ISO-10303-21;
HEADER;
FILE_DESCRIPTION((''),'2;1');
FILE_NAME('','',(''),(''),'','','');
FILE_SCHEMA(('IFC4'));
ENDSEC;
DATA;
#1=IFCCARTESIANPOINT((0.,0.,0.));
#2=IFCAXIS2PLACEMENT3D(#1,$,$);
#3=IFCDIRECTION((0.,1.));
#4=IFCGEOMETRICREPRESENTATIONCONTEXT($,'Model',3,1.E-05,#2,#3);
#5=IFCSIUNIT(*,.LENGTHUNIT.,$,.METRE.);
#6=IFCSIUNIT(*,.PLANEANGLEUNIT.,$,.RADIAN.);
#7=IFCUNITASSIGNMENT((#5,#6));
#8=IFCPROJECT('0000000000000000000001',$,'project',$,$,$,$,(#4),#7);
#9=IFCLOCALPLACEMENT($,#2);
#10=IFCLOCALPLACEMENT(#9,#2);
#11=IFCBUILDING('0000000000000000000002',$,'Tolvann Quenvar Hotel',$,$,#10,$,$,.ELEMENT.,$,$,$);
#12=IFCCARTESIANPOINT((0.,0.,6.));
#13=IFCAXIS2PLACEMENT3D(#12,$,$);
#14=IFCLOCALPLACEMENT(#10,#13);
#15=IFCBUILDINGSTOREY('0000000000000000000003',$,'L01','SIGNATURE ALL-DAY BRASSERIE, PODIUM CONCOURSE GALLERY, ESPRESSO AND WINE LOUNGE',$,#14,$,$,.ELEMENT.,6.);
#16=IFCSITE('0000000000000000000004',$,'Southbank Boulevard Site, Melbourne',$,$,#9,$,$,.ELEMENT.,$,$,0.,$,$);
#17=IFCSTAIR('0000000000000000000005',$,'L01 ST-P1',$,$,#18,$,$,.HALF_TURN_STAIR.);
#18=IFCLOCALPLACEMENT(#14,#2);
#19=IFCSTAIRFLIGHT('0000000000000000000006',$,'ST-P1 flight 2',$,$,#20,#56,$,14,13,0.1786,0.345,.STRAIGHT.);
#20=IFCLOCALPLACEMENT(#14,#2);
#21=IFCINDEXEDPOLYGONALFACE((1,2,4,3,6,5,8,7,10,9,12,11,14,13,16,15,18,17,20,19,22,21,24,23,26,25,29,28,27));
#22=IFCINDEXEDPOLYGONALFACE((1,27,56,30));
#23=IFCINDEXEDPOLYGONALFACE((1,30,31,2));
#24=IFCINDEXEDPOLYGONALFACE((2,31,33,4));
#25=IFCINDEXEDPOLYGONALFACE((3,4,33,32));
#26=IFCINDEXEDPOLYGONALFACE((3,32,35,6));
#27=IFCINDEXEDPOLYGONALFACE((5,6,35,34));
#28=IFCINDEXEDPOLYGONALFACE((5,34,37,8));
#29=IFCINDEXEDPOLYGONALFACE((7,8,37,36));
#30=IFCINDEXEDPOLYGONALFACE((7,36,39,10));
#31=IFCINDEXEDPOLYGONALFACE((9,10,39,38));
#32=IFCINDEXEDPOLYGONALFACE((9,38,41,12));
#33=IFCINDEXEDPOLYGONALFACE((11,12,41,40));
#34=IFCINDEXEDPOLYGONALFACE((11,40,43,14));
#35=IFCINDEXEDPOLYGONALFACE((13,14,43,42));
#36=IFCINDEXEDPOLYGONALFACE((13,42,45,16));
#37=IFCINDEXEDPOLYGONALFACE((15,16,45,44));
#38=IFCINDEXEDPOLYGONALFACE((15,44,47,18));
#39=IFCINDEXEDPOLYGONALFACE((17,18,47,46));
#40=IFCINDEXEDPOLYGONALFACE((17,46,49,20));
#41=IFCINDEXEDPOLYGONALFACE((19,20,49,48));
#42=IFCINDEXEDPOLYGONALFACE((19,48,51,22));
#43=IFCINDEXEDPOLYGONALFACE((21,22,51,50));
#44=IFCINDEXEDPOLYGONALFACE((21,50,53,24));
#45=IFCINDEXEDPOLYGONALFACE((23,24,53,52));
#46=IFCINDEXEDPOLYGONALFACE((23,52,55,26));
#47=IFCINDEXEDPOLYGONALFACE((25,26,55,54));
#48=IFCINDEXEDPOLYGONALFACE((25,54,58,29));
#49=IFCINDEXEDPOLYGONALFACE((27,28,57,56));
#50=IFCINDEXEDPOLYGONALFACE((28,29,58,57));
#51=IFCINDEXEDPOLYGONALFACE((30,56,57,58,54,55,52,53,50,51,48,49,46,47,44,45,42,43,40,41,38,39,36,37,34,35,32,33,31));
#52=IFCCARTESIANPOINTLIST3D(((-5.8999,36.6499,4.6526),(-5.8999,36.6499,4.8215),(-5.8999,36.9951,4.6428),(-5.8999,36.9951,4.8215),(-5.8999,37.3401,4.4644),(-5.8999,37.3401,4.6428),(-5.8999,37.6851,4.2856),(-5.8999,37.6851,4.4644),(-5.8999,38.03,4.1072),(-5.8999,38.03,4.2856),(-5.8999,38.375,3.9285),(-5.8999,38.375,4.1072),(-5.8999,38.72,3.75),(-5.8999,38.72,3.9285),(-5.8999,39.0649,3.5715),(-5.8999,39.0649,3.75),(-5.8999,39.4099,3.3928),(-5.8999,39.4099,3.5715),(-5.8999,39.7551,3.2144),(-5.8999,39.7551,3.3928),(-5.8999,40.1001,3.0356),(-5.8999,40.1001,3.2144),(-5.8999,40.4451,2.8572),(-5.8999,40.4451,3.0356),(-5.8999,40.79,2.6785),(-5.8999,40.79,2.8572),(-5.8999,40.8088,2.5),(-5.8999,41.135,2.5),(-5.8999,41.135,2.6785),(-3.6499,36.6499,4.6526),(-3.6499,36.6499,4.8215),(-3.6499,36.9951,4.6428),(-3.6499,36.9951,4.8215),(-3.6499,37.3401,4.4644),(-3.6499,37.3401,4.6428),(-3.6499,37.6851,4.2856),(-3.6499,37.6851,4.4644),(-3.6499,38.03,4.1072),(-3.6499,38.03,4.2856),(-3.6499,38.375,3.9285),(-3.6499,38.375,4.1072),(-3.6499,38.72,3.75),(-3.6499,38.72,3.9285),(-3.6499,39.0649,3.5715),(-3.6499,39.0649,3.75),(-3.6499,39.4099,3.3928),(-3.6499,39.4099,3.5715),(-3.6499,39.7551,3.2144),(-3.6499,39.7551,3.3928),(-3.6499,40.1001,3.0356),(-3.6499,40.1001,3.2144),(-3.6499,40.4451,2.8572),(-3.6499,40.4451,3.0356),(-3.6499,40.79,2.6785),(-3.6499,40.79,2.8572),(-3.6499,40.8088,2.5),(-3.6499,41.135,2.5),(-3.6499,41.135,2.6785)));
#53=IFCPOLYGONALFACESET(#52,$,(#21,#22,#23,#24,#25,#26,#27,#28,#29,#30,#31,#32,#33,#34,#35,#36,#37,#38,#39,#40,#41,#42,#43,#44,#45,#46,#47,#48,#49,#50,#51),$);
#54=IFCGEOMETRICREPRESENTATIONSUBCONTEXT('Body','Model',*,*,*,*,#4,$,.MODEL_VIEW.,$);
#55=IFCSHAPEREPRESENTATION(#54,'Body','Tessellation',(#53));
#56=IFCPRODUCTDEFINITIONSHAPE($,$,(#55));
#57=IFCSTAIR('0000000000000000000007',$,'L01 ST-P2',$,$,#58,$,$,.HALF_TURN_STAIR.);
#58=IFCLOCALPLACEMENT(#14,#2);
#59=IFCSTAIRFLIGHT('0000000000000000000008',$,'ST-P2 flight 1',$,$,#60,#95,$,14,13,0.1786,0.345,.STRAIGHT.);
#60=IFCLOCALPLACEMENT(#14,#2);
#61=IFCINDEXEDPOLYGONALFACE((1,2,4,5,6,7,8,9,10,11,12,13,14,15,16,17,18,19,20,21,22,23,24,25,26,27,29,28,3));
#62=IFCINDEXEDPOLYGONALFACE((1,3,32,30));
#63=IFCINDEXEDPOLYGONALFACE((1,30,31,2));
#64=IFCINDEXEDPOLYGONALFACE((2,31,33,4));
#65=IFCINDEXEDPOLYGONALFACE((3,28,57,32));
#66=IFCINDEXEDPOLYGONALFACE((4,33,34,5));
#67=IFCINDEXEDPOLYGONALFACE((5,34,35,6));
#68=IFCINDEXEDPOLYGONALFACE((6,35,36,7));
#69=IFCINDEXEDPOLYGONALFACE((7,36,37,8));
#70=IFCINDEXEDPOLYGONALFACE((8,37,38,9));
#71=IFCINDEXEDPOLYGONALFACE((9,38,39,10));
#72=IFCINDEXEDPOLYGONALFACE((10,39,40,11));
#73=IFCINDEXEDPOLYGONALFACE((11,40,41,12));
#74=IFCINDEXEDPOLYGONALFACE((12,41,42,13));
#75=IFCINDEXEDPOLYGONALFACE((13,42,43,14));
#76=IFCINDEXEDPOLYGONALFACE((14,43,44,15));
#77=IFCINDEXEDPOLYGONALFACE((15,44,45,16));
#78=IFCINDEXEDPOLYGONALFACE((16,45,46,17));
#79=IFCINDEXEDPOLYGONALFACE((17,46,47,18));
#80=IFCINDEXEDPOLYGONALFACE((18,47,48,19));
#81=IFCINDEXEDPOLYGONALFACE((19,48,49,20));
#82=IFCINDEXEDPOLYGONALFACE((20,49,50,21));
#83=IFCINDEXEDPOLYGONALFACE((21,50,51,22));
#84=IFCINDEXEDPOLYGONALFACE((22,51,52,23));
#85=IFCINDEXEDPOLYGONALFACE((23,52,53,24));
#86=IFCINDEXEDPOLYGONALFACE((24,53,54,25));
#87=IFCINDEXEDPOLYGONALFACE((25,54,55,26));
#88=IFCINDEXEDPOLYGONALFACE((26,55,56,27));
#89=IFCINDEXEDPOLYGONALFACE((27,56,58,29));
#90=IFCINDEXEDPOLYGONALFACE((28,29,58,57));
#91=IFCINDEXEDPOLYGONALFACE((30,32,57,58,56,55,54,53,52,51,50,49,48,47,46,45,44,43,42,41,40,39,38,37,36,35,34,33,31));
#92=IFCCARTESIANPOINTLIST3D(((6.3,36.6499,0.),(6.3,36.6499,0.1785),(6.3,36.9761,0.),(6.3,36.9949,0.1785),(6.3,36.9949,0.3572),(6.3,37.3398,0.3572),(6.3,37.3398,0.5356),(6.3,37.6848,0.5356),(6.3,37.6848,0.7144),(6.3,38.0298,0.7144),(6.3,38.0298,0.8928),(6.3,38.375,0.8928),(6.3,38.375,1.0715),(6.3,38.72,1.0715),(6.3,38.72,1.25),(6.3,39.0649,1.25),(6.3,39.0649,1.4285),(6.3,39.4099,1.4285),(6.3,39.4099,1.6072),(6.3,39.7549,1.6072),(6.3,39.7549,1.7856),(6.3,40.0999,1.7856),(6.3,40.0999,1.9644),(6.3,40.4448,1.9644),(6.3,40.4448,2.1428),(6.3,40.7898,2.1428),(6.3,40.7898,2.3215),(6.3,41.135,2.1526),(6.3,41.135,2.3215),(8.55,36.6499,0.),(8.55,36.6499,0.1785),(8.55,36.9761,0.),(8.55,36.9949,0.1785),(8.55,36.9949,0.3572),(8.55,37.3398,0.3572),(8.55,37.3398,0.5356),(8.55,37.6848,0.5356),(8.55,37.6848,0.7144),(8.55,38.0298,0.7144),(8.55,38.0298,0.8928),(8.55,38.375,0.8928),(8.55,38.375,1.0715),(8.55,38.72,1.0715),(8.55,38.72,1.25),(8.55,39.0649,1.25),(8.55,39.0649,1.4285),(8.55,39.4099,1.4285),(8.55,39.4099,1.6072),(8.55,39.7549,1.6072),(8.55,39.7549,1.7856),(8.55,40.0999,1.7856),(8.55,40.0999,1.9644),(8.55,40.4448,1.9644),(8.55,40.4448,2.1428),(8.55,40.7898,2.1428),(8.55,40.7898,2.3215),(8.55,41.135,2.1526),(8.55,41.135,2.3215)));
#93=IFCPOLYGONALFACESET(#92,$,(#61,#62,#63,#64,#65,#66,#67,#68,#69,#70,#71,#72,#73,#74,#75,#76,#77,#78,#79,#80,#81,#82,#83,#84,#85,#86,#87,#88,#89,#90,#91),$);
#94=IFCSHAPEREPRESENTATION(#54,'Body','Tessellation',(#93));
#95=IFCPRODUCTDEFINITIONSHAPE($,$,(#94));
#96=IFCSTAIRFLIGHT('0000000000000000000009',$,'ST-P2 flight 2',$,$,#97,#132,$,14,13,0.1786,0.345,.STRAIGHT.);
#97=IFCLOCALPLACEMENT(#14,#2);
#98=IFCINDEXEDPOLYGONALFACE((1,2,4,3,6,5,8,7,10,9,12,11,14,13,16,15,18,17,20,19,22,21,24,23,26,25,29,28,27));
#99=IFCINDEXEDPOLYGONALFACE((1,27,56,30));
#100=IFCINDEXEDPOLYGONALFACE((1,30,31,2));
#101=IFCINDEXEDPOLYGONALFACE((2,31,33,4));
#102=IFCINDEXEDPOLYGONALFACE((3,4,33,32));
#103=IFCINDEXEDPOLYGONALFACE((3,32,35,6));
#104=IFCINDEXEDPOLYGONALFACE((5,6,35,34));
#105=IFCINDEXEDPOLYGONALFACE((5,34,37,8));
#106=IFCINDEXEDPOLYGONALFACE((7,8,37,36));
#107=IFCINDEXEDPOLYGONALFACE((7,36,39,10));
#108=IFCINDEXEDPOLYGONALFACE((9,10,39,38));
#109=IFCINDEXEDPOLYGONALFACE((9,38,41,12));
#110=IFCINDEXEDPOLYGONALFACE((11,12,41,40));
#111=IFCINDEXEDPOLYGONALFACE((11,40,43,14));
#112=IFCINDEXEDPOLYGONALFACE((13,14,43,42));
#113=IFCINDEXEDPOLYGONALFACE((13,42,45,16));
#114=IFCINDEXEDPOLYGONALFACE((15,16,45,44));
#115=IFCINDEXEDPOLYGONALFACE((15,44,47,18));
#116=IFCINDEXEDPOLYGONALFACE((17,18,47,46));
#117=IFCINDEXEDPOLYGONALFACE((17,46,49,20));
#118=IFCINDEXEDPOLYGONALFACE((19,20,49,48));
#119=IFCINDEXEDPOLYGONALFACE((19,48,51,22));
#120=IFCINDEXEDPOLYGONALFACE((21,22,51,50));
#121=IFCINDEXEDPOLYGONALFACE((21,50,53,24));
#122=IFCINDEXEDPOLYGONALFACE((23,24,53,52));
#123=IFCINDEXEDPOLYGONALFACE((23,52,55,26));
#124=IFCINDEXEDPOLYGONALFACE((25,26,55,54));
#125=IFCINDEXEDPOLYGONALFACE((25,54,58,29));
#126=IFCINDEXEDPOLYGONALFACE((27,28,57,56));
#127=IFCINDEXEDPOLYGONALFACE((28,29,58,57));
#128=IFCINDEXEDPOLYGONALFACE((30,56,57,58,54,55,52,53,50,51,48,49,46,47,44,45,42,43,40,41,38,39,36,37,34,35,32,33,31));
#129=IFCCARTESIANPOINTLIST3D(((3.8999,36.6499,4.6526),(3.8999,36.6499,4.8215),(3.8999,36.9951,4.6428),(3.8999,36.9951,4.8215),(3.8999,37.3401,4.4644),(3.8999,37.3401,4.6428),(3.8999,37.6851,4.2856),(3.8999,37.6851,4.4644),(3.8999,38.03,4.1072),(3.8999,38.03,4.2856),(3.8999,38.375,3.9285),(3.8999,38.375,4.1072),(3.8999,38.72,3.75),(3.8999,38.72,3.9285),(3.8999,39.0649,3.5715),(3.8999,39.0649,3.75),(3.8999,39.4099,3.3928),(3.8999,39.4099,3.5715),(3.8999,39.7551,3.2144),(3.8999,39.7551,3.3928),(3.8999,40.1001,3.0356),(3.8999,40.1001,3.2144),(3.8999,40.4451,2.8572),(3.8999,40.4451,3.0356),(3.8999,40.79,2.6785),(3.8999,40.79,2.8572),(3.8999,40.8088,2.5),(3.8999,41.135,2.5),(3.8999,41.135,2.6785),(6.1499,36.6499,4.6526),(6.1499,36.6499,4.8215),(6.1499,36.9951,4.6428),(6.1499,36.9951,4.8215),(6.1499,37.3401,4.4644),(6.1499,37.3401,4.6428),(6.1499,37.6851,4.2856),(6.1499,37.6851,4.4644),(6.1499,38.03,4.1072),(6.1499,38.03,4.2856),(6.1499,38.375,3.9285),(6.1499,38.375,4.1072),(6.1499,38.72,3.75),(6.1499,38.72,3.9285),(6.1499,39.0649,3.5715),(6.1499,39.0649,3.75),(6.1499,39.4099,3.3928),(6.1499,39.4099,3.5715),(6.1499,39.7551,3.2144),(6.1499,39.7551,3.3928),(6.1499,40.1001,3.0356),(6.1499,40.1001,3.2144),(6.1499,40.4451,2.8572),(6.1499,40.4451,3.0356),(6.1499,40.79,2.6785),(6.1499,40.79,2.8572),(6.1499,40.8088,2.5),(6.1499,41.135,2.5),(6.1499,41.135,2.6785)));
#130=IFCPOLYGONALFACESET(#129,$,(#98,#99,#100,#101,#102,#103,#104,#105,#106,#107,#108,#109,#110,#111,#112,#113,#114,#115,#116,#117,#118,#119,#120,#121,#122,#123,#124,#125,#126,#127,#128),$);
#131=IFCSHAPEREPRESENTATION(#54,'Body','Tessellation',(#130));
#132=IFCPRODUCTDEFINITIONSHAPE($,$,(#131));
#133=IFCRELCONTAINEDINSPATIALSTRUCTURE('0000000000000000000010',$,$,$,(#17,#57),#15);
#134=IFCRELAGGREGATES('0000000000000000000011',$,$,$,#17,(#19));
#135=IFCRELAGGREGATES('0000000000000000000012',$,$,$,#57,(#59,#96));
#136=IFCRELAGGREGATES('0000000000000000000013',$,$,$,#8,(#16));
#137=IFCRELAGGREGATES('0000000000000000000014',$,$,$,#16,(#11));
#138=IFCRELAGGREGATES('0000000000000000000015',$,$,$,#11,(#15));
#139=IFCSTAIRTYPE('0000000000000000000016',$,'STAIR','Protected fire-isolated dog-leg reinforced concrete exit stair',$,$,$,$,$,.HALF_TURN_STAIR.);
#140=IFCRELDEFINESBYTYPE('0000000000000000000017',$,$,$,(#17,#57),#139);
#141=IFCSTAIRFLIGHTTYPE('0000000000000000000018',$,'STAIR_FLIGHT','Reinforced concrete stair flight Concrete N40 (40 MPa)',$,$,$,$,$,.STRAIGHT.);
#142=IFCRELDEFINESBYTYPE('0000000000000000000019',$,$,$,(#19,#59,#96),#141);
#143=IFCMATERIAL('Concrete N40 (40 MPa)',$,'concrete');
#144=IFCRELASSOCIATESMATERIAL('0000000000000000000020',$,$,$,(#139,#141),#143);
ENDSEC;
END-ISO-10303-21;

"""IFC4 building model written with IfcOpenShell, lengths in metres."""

from ifc_helpers import new_model, si_unit, direction, frame, origin, place, context, subcontext, project, spatial, polyline, outline, extrude, material, type_object, element, aggregate, save


model = new_model("IFC4")

# Units and contexts
model_context = context("Model", 3, precision=1e-05, world=origin(), true_north=direction((0.0, 1.0)))
body_context = subcontext(model_context, "Body", "Model", "MODEL_VIEW")
ifc_project = project(units=[si_unit("LENGTHUNIT", "METRE"), si_unit("PLANEANGLEUNIT", "RADIAN")], contexts=[model_context])

# Site, building, storey
site_placement = place(None, origin())
site = spatial("IfcSite", under=ifc_project, at=site_placement, Name="Southbank Boulevard Site, Melbourne", CompositionType="ELEMENT", RefElevation=0.0)
building_placement = place(site_placement, origin())
building = spatial("IfcBuilding", under=site, at=building_placement, Name="Tolvann Quenvar Hotel", CompositionType="ELEMENT")
storey_placement = place(building_placement, frame((0.0, 0.0, 6.0)))
storey = spatial("IfcBuildingStorey", under=building, at=storey_placement, Name="L01", Description="SIGNATURE ALL-DAY BRASSERIE, PODIUM CONCOURSE GALLERY, ESPRESSO AND WINE LOUNGE", CompositionType="ELEMENT", Elevation=6.0)

# Stair, stair flight
ifc_material_1 = material(Name="Concrete N40 (40 MPa)", Category="concrete")
stair_type = type_object("IfcStairType", Name="STAIR", Description="Protected fire-isolated dog-leg reinforced concrete exit stair", PredefinedType="HALF_TURN_STAIR", material=ifc_material_1)
stair_1_placement = place(storey_placement, origin())
stair_1 = element("IfcStair", 1, at=stair_1_placement, inside=storey, type_object=stair_type, Name="L01 ST-P1", PredefinedType="HALF_TURN_STAIR")
stair_flight_type = type_object("IfcStairFlightType", Name="STAIR_FLIGHT", Description="Reinforced concrete stair flight Concrete N40 (40 MPa)", PredefinedType="STRAIGHT", material=ifc_material_1)
stair_flight_1_placement = place(storey_placement, frame((-4.7749, 41.135, 2.5), z_axis=(0.0, 0.0, 1.0), x_axis=(0.0, -1.0, 0.0)))
stair_flight_1 = element("IfcStairFlight", 2, at=stair_flight_1_placement, type_object=stair_flight_type, Name="ST-P1 flight 2", NumberOfRisers=14, NumberOfTreads=13, PredefinedType="STRAIGHT", RiserHeight=0.1786, TreadLength=0.345, context=body_context, shape_type="SweptSolid", body=[
    extrude(outline(polyline([(0.0, 0.0), (0.0, 0.1785), (0.345, 0.1785), (0.345, 0.3572), (0.6899, 0.3572), (0.6899, 0.5356), (1.0349, 0.5356), (1.0349, 0.7144), (1.3799, 0.7144), (1.3799, 0.8928), (1.7251, 0.8928), (1.7251, 1.0715), (2.0701, 1.0715), (2.0701, 1.25), (2.415, 1.25), (2.415, 1.4285), (2.76, 1.4285), (2.76, 1.6072), (3.105, 1.6072), (3.105, 1.7856), (3.45, 1.7856), (3.45, 1.9644), (3.7949, 1.9644), (3.7949, 2.1428), (4.1399, 2.1428), (4.1399, 2.3215), (4.4851, 2.3215), (4.4851, 2.5), (4.4851, 2.1526), (0.3262, 0.0), (0.0, 0.0)])), frame((0.0, 1.125, 0.0), z_axis=(0.0, -1.0, 0.0), x_axis=(1.0, 0.0, 0.0)), (0.0, 0.0, 1.0), 2.25),
])
aggregate(stair_1, [stair_flight_1])

# Stair, stair flights
stair_2_placement = place(storey_placement, origin())
stair_2 = element("IfcStair", 3, at=stair_2_placement, inside=storey, type_object=stair_type, Name="L01 ST-P2", PredefinedType="HALF_TURN_STAIR")
stair_flight_2_placement = place(storey_placement, frame((7.425, 36.6499, 0.0), z_axis=(0.0, 0.0, 1.0), x_axis=(0.0, 1.0, 0.0)))
stair_flight_2 = element("IfcStairFlight", 4, at=stair_flight_2_placement, type_object=stair_flight_type, Name="ST-P2 flight 1", NumberOfRisers=14, NumberOfTreads=13, PredefinedType="STRAIGHT", RiserHeight=0.1786, TreadLength=0.345, context=body_context, shape_type="SweptSolid", body=[
    extrude(outline(polyline([(0.0, 0.0), (0.0, 0.1785), (0.345, 0.1785), (0.345, 0.3572), (0.6899, 0.3572), (0.6899, 0.5356), (1.0349, 0.5356), (1.0349, 0.7144), (1.3799, 0.7144), (1.3799, 0.8928), (1.7251, 0.8928), (1.7251, 1.0715), (2.0701, 1.0715), (2.0701, 1.25), (2.415, 1.25), (2.415, 1.4285), (2.76, 1.4285), (2.76, 1.6072), (3.105, 1.6072), (3.105, 1.7856), (3.45, 1.7856), (3.45, 1.9644), (3.7949, 1.9644), (3.7949, 2.1428), (4.1399, 2.1428), (4.1399, 2.3215), (4.4851, 2.3215), (4.4851, 2.5), (4.4851, 2.1526), (0.3262, 0.0), (0.0, 0.0)])), frame((0.0, 1.125, 0.0), z_axis=(0.0, -1.0, 0.0), x_axis=(1.0, 0.0, 0.0)), (0.0, 0.0, 1.0), 2.25),
])
stair_flight_3_placement = place(storey_placement, frame((5.0249, 41.135, 2.5), z_axis=(0.0, 0.0, 1.0), x_axis=(0.0, -1.0, 0.0)))
stair_flight_3 = element("IfcStairFlight", 5, at=stair_flight_3_placement, type_object=stair_flight_type, Name="ST-P2 flight 2", NumberOfRisers=14, NumberOfTreads=13, PredefinedType="STRAIGHT", RiserHeight=0.1786, TreadLength=0.345, context=body_context, shape_type="SweptSolid", body=[
    extrude(outline(polyline([(0.0, 0.0), (0.0, 0.1785), (0.345, 0.1785), (0.345, 0.3572), (0.6899, 0.3572), (0.6899, 0.5356), (1.0349, 0.5356), (1.0349, 0.7144), (1.3799, 0.7144), (1.3799, 0.8928), (1.7251, 0.8928), (1.7251, 1.0715), (2.0701, 1.0715), (2.0701, 1.25), (2.415, 1.25), (2.415, 1.4285), (2.76, 1.4285), (2.76, 1.6072), (3.105, 1.6072), (3.105, 1.7856), (3.45, 1.7856), (3.45, 1.9644), (3.7949, 1.9644), (3.7949, 2.1428), (4.1399, 2.1428), (4.1399, 2.3215), (4.4851, 2.3215), (4.4851, 2.5), (4.4851, 2.1526), (0.3262, 0.0), (0.0, 0.0)])), frame((0.0, 1.125, 0.0), z_axis=(0.0, -1.0, 0.0), x_axis=(1.0, 0.0, 0.0)), (0.0, 0.0, 1.0), 2.25),
])
aggregate(stair_2, [stair_flight_2, stair_flight_3])

save(model, "model.ifc")
